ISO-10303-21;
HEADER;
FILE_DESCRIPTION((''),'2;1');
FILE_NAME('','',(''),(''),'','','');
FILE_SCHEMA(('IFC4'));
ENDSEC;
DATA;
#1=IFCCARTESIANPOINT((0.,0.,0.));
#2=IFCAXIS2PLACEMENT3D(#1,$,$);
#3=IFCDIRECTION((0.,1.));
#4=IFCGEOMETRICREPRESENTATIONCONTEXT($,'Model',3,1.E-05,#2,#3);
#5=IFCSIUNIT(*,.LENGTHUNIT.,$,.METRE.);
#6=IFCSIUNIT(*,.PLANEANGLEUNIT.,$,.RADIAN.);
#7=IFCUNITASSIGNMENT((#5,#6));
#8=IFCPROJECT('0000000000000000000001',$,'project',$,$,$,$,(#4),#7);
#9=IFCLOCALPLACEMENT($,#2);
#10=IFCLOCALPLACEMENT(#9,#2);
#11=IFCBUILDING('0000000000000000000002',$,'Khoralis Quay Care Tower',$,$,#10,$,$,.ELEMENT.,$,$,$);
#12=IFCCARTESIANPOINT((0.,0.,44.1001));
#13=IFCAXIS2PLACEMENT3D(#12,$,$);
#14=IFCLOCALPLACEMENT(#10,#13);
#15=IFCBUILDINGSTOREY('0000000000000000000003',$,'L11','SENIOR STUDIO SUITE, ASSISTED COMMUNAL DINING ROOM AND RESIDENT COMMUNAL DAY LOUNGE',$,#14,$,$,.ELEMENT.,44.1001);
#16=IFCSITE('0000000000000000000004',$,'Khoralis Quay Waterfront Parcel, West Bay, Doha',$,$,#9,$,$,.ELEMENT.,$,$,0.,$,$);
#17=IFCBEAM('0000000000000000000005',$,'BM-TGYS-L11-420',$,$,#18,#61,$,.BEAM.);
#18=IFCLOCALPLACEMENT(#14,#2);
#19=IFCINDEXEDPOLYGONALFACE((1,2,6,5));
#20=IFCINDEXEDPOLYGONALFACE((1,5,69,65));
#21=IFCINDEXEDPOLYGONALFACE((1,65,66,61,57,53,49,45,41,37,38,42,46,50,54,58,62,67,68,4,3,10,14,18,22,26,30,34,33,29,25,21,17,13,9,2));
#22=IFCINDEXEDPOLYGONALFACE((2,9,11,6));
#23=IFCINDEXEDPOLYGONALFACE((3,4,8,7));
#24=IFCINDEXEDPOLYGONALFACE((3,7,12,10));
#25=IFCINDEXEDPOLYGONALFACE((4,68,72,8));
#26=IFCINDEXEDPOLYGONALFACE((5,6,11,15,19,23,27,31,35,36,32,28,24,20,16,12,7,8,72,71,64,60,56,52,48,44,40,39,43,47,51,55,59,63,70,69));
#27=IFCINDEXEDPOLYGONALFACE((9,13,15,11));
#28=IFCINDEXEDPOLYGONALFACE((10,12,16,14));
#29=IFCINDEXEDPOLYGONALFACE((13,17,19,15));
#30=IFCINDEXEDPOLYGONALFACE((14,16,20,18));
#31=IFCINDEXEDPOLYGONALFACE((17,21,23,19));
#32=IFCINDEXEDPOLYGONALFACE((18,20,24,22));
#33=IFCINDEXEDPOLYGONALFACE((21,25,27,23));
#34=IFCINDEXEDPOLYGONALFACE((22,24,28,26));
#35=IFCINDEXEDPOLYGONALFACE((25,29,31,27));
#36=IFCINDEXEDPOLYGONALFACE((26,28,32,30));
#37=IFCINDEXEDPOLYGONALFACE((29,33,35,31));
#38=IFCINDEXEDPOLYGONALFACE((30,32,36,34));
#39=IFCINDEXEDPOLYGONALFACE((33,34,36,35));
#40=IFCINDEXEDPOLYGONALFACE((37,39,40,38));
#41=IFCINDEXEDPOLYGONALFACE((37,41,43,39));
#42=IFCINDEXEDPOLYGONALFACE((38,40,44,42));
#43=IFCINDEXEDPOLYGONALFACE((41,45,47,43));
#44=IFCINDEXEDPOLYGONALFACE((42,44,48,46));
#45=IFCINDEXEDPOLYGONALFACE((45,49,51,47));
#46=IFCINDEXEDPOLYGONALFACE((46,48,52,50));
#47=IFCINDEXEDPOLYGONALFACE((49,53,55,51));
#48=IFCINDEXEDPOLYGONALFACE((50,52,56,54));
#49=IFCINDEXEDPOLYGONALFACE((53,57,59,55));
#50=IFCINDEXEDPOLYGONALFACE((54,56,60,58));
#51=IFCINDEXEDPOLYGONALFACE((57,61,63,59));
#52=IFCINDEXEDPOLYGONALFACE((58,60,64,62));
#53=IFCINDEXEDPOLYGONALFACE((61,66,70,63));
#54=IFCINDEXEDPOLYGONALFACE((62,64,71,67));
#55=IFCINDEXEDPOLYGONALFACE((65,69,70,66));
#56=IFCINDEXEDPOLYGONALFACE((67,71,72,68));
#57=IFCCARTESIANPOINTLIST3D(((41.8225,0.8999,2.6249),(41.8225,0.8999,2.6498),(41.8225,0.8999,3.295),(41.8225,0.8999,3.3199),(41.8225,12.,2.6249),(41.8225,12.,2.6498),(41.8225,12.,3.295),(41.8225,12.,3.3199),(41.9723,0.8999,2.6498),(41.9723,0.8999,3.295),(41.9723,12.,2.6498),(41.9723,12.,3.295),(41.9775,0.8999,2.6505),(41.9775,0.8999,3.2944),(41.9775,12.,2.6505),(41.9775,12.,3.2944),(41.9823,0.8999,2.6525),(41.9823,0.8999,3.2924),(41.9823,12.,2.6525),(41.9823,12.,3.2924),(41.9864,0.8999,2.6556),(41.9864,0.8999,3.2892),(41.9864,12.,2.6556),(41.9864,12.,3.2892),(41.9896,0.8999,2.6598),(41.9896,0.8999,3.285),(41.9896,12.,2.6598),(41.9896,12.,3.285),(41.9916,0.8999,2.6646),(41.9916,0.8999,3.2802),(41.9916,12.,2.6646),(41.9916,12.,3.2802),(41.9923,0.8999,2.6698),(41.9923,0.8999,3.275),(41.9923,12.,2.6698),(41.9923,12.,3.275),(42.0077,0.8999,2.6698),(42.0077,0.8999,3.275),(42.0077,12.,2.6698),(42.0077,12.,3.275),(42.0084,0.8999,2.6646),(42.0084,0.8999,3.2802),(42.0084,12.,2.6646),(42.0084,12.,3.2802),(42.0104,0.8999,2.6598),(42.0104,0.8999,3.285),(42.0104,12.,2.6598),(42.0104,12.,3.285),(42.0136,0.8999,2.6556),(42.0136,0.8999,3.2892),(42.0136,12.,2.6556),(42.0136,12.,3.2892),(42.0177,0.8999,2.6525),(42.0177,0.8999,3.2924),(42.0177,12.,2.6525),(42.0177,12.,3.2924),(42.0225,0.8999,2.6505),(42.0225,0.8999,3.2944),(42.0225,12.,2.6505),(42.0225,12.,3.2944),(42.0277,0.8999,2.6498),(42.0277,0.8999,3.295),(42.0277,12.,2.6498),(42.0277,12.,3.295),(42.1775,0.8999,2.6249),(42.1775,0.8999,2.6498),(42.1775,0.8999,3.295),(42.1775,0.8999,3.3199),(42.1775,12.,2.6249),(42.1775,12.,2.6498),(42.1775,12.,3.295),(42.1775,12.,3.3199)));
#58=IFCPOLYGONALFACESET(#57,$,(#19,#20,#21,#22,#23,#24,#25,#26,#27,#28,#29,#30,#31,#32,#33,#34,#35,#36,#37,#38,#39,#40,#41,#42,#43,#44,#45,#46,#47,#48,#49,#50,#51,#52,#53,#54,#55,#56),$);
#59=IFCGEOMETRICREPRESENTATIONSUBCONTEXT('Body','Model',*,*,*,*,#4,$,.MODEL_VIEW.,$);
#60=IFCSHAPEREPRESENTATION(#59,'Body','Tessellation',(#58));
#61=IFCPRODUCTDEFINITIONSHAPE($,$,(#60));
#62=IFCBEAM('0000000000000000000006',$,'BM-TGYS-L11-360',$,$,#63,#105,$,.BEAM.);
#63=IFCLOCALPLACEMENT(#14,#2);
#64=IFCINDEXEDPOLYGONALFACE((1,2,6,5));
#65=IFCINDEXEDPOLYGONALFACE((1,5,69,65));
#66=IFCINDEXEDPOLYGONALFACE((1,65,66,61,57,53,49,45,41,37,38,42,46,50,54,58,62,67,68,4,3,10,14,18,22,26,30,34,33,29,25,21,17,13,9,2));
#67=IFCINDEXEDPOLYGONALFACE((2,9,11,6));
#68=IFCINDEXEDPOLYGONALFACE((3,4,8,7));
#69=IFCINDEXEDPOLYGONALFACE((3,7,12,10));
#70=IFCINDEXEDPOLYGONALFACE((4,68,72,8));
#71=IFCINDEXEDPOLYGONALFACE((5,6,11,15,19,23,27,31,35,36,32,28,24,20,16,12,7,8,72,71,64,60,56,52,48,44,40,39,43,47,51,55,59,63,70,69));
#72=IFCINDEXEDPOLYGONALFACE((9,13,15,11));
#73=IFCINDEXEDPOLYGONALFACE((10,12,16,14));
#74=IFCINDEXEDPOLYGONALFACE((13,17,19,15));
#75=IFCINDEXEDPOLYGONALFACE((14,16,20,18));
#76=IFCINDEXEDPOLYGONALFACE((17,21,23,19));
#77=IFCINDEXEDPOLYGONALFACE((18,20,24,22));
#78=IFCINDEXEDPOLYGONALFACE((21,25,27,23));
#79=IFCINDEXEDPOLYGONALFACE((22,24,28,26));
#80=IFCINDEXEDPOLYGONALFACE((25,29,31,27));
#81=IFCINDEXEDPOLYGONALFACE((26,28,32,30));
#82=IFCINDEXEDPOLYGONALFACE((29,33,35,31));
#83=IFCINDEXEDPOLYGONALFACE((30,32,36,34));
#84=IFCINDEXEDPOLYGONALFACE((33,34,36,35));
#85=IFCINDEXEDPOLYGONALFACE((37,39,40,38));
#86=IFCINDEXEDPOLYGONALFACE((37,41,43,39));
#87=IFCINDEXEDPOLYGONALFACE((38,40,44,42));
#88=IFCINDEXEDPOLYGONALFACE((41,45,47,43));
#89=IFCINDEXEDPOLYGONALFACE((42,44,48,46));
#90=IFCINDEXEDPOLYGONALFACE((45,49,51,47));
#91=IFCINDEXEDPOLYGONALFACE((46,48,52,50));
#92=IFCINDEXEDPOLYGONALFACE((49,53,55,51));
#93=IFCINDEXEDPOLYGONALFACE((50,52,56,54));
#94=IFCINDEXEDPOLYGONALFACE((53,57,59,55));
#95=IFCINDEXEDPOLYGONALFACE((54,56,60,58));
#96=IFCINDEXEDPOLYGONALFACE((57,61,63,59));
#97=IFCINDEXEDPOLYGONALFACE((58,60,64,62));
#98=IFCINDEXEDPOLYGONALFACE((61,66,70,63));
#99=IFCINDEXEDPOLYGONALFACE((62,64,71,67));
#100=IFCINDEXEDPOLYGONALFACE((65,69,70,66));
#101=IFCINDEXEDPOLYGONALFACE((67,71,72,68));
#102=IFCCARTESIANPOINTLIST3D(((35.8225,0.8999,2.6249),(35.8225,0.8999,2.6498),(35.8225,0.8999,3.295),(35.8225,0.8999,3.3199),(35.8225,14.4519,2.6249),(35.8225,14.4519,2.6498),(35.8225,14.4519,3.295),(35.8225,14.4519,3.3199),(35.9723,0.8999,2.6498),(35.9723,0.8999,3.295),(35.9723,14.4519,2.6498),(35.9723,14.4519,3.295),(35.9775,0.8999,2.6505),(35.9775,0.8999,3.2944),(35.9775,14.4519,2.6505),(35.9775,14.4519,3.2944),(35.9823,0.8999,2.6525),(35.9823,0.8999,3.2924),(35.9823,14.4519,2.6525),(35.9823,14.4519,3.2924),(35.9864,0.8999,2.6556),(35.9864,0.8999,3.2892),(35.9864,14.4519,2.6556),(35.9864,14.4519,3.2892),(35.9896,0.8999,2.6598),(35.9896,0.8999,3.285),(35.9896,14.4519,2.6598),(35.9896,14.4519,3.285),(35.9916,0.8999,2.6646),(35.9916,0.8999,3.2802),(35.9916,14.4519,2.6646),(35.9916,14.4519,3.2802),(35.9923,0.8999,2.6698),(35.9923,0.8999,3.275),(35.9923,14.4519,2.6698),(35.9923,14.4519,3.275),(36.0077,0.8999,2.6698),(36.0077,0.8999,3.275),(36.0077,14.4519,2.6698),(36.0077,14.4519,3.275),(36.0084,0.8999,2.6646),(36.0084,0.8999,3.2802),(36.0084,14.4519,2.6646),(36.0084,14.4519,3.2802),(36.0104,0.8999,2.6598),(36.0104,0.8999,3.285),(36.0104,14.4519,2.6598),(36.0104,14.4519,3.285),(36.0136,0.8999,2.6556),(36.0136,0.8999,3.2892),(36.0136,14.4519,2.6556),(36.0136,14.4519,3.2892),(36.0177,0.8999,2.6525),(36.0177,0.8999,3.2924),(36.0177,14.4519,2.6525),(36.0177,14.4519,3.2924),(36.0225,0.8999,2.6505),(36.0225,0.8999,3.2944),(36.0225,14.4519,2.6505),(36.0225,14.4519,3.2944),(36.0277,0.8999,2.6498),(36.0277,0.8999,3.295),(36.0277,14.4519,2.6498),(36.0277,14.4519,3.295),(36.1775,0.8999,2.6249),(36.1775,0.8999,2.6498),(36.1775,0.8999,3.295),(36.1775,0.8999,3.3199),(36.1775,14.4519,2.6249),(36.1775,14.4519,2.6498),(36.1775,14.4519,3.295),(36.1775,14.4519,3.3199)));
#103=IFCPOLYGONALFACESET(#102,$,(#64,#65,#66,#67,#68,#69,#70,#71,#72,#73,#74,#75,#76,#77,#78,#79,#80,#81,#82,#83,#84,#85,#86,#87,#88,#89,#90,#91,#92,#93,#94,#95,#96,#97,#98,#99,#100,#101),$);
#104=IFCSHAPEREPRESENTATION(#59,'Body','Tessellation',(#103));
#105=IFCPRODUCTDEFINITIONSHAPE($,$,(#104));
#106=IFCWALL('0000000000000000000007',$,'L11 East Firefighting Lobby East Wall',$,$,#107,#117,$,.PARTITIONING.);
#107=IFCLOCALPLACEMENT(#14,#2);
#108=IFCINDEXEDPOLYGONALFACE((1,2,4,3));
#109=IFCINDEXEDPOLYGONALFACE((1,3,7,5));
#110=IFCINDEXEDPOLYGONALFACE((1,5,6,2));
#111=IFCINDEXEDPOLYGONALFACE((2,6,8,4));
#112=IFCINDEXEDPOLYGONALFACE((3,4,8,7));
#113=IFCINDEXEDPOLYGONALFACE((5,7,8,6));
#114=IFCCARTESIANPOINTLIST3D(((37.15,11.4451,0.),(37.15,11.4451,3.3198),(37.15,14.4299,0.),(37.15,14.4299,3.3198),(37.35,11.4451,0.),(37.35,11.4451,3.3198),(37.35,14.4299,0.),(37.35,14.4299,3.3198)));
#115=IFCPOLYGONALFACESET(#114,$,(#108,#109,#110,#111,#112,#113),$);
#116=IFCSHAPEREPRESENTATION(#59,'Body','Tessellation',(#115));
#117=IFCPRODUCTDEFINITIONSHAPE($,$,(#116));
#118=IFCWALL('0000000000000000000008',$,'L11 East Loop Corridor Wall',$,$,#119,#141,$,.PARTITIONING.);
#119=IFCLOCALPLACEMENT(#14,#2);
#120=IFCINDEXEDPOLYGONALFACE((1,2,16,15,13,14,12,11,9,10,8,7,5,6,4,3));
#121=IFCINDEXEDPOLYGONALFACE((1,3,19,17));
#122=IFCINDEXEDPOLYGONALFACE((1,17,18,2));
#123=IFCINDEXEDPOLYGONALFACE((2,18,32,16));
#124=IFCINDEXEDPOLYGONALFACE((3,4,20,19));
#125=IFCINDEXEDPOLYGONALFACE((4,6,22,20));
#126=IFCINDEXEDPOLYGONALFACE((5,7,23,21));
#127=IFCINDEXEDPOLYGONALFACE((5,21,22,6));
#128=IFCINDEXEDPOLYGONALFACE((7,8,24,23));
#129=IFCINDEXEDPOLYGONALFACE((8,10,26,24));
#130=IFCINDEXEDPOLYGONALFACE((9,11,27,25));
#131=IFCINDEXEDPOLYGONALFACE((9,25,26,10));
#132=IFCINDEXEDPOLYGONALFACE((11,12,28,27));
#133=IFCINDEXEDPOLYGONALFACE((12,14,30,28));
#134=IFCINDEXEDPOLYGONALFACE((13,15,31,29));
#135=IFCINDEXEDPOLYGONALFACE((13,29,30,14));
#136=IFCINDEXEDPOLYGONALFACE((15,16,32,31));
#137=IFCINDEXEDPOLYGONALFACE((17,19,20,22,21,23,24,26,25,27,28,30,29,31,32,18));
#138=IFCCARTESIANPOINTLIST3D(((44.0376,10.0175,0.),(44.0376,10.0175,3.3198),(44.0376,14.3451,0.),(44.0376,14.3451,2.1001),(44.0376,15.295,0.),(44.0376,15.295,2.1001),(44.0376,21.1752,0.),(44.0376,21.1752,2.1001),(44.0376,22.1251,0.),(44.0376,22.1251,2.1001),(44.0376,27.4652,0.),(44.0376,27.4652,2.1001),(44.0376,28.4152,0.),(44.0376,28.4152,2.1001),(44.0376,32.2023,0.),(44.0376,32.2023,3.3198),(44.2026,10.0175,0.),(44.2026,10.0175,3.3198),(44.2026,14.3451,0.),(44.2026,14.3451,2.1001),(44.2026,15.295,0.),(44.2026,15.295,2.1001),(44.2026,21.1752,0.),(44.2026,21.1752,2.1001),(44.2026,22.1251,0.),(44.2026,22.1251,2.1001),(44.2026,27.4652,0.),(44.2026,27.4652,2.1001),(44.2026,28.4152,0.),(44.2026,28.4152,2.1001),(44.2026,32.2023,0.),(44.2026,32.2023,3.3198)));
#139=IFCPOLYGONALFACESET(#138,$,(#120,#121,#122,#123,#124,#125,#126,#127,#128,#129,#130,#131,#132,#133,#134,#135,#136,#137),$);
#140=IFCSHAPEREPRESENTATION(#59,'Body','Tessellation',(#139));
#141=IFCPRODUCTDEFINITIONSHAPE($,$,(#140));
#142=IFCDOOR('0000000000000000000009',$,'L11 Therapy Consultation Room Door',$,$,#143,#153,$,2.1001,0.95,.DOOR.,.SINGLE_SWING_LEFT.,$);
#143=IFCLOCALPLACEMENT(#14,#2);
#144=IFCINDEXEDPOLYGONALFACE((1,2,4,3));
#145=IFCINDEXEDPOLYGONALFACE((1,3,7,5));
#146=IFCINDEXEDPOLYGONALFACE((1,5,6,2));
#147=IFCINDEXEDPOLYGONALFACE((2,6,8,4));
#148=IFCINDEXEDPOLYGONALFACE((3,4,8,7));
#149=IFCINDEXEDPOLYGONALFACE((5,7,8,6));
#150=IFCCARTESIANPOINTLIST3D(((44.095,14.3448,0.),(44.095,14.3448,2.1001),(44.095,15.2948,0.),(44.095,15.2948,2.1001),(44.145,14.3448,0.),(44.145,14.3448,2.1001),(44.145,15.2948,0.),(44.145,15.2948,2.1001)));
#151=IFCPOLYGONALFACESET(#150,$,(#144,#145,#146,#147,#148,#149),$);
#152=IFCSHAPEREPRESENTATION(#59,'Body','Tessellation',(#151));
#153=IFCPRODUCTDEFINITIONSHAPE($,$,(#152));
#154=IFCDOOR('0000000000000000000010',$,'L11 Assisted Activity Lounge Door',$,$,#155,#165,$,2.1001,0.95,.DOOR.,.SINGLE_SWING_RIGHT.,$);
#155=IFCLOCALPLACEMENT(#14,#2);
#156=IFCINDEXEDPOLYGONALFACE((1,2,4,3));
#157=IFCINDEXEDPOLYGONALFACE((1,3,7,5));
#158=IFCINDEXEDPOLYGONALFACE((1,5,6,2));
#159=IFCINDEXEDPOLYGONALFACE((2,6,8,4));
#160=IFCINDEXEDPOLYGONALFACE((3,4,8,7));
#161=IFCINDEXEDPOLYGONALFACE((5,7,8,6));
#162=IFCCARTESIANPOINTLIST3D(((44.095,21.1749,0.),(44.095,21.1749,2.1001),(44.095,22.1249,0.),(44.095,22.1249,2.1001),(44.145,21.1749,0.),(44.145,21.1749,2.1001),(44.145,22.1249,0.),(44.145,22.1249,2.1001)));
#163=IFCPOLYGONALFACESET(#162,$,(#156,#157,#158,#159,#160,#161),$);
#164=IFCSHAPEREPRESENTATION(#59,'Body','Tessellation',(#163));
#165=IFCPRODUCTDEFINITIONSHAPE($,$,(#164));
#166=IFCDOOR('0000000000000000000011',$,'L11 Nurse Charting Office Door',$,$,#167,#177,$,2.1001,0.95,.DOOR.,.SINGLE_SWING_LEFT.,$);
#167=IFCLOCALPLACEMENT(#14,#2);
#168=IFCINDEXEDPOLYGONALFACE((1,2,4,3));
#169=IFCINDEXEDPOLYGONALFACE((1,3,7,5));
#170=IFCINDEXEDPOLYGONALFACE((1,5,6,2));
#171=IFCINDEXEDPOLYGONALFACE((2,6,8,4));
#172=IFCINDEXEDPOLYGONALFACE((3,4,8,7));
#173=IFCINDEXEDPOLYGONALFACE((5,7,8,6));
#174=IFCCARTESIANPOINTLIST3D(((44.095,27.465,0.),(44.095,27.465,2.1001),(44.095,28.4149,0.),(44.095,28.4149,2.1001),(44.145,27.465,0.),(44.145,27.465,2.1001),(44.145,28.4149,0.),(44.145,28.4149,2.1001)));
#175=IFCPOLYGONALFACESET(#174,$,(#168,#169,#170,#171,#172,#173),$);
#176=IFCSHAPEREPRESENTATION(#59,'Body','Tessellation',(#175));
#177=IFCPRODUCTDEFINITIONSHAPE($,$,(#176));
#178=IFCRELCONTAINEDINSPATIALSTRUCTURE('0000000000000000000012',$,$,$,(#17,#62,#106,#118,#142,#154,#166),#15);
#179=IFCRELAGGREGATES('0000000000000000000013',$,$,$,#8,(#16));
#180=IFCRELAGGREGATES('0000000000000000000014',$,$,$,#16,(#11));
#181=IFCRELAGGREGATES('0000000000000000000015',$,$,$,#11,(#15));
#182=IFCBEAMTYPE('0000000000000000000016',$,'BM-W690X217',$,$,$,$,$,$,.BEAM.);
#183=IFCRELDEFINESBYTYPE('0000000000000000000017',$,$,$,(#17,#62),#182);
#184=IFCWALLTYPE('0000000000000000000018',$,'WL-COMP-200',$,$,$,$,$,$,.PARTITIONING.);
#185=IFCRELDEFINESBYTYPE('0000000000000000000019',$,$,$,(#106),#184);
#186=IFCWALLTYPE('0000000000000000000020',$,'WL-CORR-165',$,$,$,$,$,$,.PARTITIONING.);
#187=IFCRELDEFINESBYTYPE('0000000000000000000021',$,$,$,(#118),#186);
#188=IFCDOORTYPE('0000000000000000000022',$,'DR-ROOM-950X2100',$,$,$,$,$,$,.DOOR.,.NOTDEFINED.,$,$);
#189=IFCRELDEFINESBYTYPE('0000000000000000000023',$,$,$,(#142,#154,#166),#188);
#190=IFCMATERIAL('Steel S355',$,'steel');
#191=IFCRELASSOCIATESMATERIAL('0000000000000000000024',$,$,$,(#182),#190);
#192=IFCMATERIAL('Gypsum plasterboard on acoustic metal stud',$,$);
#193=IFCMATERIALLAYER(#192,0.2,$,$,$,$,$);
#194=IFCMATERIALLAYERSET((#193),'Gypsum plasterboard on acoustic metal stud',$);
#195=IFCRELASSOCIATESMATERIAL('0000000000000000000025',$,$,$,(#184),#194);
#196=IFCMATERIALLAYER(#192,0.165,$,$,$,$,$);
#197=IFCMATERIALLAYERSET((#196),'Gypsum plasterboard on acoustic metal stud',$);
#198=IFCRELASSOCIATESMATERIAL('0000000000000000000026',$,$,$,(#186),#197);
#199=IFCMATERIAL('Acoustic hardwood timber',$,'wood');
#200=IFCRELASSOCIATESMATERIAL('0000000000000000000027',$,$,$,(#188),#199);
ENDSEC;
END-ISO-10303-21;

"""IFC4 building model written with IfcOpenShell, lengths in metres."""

from ifc_helpers import new_model, si_unit, direction, frame, frame_2d, origin, origin_2d, place, context, subcontext, project, spatial, rectangle, i_section, extrude, source, transform, mapped, material, layer, layer_set, material_profile, profile_set, type_object, element, fill, save


model = new_model("IFC4")

# Units and contexts
model_context = context("Model", 3, precision=1e-05, world=origin(), true_north=direction((0.0, 1.0)))
body_context = subcontext(model_context, "Body", "Model", "MODEL_VIEW")
ifc_project = project(units=[si_unit("LENGTHUNIT", "METRE"), si_unit("PLANEANGLEUNIT", "RADIAN")], contexts=[model_context])

# Site, building, storey
site_placement = place(None, origin())
site = spatial("IfcSite", under=ifc_project, at=site_placement, Name="Khoralis Quay Waterfront Parcel, West Bay, Doha", CompositionType="ELEMENT", RefElevation=0.0)
building_placement = place(site_placement, origin())
building = spatial("IfcBuilding", under=site, at=building_placement, Name="Khoralis Quay Care Tower", CompositionType="ELEMENT")
storey_placement = place(building_placement, frame((0.0, 0.0, 44.1001)))
storey = spatial("IfcBuildingStorey", under=building, at=storey_placement, Name="L11", Description="SENIOR STUDIO SUITE, ASSISTED COMMUNAL DINING ROOM AND RESIDENT COMMUNAL DAY LOUNGE", CompositionType="ELEMENT", Elevation=44.1001)

# Beams
ifc_material_1 = material(Name="Steel S355", Category="steel")
ifc_material_profile_1 = material_profile(ifc_material_1, i_section(OverallWidth=0.355, OverallDepth=0.6951, WebThickness=0.0154, FlangeThickness=0.0249, FilletRadius=0.02, at=origin_2d()), Name="Steel S355")
ifc_profile_set_1 = profile_set([ifc_material_profile_1], Name="Steel S355")
beam_type_1 = type_object("IfcBeamType", Name="BM-W690X217", PredefinedType="BEAM", material=ifc_profile_set_1)
shared_shape_1 = source(origin(), body_context, "Body", "SweptSolid", [
    extrude(i_section(OverallWidth=0.355, OverallDepth=0.6951, WebThickness=0.0154, FlangeThickness=0.0249, FilletRadius=0.02, at=origin_2d()), origin(), (0.0, 0.0, 1.0), 11.1001),
])
beam_1_placement = place(storey_placement, frame((42.0, 0.8999, 2.9724), z_axis=(0.0, 1.0, 0.0), x_axis=(-1.0, 0.0, 0.0)))
element("IfcBeam", 1, at=beam_1_placement, inside=storey, type_object=beam_type_1, Name="BM-TGYS-L11-420", PredefinedType="BEAM", context=body_context, shape_type="MappedRepresentation", body=[
    mapped(shared_shape_1, transform((0.0, 0.0, 0.0), scale=1.0)),
])
shared_shape_2 = source(origin(), body_context, "Body", "SweptSolid", [
    extrude(i_section(OverallWidth=0.355, OverallDepth=0.6951, WebThickness=0.0154, FlangeThickness=0.0249, FilletRadius=0.02, at=origin_2d()), origin(), (0.0, 0.0, 1.0), 13.552),
])
beam_2_placement = place(storey_placement, frame((36.0, 0.8999, 2.9724), z_axis=(0.0, 1.0, 0.0), x_axis=(-1.0, 0.0, 0.0)))
element("IfcBeam", 2, at=beam_2_placement, inside=storey, type_object=beam_type_1, Name="BM-TGYS-L11-360", PredefinedType="BEAM", context=body_context, shape_type="MappedRepresentation", body=[
    mapped(shared_shape_2, transform((0.0, 0.0, 0.0), scale=1.0)),
])

# Wall
ifc_material_2 = material(Name="Gypsum plasterboard on acoustic metal stud")
ifc_layer_1 = layer(ifc_material_2, 0.2)
ifc_layer_set_1 = layer_set([ifc_layer_1], Name="Gypsum plasterboard on acoustic metal stud")
wall_type_1 = type_object("IfcWallType", Name="WL-COMP-200", PredefinedType="PARTITIONING", material=ifc_layer_set_1)
wall_1_placement = place(storey_placement, frame((37.25, 11.4451, 0.0), z_axis=(0.0, 0.0, 1.0), x_axis=(0.0, 1.0, 0.0)))
element("IfcWall", 3, at=wall_1_placement, inside=storey, type_object=wall_type_1, Name="L11 East Firefighting Lobby East Wall", PredefinedType="PARTITIONING", context=body_context, shape_type="SweptSolid", body=[
    extrude(rectangle(XDim=2.9849, YDim=0.2, at=frame_2d((1.4924, 0.0))), origin(), (0.0, 0.0, 1.0), 3.3198),
])

# Wall, openings, doors
ifc_layer_2 = layer(ifc_material_2, 0.165)
ifc_layer_set_2 = layer_set([ifc_layer_2], Name="Gypsum plasterboard on acoustic metal stud")
wall_type_2 = type_object("IfcWallType", Name="WL-CORR-165", PredefinedType="PARTITIONING", material=ifc_layer_set_2)
wall_2_placement = place(storey_placement, frame((44.1201, 10.0176, 0.0), z_axis=(0.0, 0.0, 1.0), x_axis=(0.0, 1.0, 0.0)))
wall_2 = element("IfcWall", 4, at=wall_2_placement, inside=storey, type_object=wall_type_2, Name="L11 East Loop Corridor Wall", PredefinedType="PARTITIONING", context=body_context, shape_type="SweptSolid", body=[
    extrude(rectangle(XDim=22.1848, YDim=0.165, at=frame_2d((11.0923, 0.0))), origin(), (0.0, 0.0, 1.0), 3.3198),
])
opening_1_placement = place(wall_2_placement, frame((4.3274, 0.0, 0.0)))
opening_1 = element("IfcOpeningElement", 5, at=opening_1_placement, cuts=wall_2, PredefinedType="OPENING", context=body_context, shape_type="SweptSolid", body=[
    extrude(rectangle(XDim=0.95, YDim=2.1001, at=frame_2d((0.4751, 1.05))), frame((0.0, 0.0925, 0.0), z_axis=(0.0, -1.0, 0.0), x_axis=(1.0, 0.0, 0.0)), (0.0, 0.0, 1.0), 0.1851),
])
opening_2_placement = place(wall_2_placement, frame((11.1575, 0.0, 0.0)))
opening_2 = element("IfcOpeningElement", 6, at=opening_2_placement, cuts=wall_2, PredefinedType="OPENING", context=body_context, shape_type="SweptSolid", body=[
    extrude(rectangle(XDim=0.95, YDim=2.1001, at=frame_2d((0.4751, 1.05))), frame((0.0, 0.0925, 0.0), z_axis=(0.0, -1.0, 0.0), x_axis=(1.0, 0.0, 0.0)), (0.0, 0.0, 1.0), 0.1851),
])
opening_3_placement = place(wall_2_placement, frame((17.4475, 0.0, 0.0)))
opening_3 = element("IfcOpeningElement", 7, at=opening_3_placement, cuts=wall_2, PredefinedType="OPENING", context=body_context, shape_type="SweptSolid", body=[
    extrude(rectangle(XDim=0.95, YDim=2.1001, at=frame_2d((0.4751, 1.05))), frame((0.0, 0.0925, 0.0), z_axis=(0.0, -1.0, 0.0), x_axis=(1.0, 0.0, 0.0)), (0.0, 0.0, 1.0), 0.1851),
])
ifc_material_3 = material(Name="Acoustic hardwood timber", Category="wood")
door_type_1 = type_object("IfcDoorType", Name="DR-ROOM-950X2100", OperationType="NOTDEFINED", PredefinedType="DOOR", material=ifc_material_3)
shared_shape_3 = source(origin(), body_context, "Body", "SweptSolid", [
    extrude(rectangle(XDim=0.95, YDim=2.1001, at=frame_2d((0.4751, 1.05))), frame((0.0, 0.0249, 0.0), z_axis=(0.0, -1.0, 0.0), x_axis=(1.0, 0.0, 0.0)), (0.0, 0.0, 1.0), 0.05),
])
door_1_placement = place(opening_1_placement, frame((0.95, 0.0, 0.0), z_axis=(0.0, 0.0, 1.0), x_axis=(-1.0, 0.0, 0.0)))
door_1 = element("IfcDoor", 8, at=door_1_placement, inside=storey, type_object=door_type_1, Name="L11 Therapy Consultation Room Door", OperationType="SINGLE_SWING_LEFT", OverallHeight=2.1001, OverallWidth=0.95, PredefinedType="DOOR", context=body_context, shape_type="MappedRepresentation", body=[
    mapped(shared_shape_3, transform((0.0, 0.0, 0.0), scale=1.0)),
])
fill(opening_1, door_1)
door_2_placement = place(opening_2_placement, frame((0.95, 0.0, 0.0), z_axis=(0.0, 0.0, 1.0), x_axis=(-1.0, 0.0, 0.0)))
door_2 = element("IfcDoor", 9, at=door_2_placement, inside=storey, type_object=door_type_1, Name="L11 Assisted Activity Lounge Door", OperationType="SINGLE_SWING_RIGHT", OverallHeight=2.1001, OverallWidth=0.95, PredefinedType="DOOR", context=body_context, shape_type="MappedRepresentation", body=[
    mapped(shared_shape_3, transform((0.0, 0.0, 0.0), scale=1.0)),
])
fill(opening_2, door_2)
door_3_placement = place(opening_3_placement, frame((0.95, 0.0, 0.0), z_axis=(0.0, 0.0, 1.0), x_axis=(-1.0, 0.0, 0.0)))
door_3 = element("IfcDoor", 10, at=door_3_placement, inside=storey, type_object=door_type_1, Name="L11 Nurse Charting Office Door", OperationType="SINGLE_SWING_LEFT", OverallHeight=2.1001, OverallWidth=0.95, PredefinedType="DOOR", context=body_context, shape_type="MappedRepresentation", body=[
    mapped(shared_shape_3, transform((0.0, 0.0, 0.0), scale=1.0)),
])
fill(opening_3, door_3)

save(model, "model.ifc")
